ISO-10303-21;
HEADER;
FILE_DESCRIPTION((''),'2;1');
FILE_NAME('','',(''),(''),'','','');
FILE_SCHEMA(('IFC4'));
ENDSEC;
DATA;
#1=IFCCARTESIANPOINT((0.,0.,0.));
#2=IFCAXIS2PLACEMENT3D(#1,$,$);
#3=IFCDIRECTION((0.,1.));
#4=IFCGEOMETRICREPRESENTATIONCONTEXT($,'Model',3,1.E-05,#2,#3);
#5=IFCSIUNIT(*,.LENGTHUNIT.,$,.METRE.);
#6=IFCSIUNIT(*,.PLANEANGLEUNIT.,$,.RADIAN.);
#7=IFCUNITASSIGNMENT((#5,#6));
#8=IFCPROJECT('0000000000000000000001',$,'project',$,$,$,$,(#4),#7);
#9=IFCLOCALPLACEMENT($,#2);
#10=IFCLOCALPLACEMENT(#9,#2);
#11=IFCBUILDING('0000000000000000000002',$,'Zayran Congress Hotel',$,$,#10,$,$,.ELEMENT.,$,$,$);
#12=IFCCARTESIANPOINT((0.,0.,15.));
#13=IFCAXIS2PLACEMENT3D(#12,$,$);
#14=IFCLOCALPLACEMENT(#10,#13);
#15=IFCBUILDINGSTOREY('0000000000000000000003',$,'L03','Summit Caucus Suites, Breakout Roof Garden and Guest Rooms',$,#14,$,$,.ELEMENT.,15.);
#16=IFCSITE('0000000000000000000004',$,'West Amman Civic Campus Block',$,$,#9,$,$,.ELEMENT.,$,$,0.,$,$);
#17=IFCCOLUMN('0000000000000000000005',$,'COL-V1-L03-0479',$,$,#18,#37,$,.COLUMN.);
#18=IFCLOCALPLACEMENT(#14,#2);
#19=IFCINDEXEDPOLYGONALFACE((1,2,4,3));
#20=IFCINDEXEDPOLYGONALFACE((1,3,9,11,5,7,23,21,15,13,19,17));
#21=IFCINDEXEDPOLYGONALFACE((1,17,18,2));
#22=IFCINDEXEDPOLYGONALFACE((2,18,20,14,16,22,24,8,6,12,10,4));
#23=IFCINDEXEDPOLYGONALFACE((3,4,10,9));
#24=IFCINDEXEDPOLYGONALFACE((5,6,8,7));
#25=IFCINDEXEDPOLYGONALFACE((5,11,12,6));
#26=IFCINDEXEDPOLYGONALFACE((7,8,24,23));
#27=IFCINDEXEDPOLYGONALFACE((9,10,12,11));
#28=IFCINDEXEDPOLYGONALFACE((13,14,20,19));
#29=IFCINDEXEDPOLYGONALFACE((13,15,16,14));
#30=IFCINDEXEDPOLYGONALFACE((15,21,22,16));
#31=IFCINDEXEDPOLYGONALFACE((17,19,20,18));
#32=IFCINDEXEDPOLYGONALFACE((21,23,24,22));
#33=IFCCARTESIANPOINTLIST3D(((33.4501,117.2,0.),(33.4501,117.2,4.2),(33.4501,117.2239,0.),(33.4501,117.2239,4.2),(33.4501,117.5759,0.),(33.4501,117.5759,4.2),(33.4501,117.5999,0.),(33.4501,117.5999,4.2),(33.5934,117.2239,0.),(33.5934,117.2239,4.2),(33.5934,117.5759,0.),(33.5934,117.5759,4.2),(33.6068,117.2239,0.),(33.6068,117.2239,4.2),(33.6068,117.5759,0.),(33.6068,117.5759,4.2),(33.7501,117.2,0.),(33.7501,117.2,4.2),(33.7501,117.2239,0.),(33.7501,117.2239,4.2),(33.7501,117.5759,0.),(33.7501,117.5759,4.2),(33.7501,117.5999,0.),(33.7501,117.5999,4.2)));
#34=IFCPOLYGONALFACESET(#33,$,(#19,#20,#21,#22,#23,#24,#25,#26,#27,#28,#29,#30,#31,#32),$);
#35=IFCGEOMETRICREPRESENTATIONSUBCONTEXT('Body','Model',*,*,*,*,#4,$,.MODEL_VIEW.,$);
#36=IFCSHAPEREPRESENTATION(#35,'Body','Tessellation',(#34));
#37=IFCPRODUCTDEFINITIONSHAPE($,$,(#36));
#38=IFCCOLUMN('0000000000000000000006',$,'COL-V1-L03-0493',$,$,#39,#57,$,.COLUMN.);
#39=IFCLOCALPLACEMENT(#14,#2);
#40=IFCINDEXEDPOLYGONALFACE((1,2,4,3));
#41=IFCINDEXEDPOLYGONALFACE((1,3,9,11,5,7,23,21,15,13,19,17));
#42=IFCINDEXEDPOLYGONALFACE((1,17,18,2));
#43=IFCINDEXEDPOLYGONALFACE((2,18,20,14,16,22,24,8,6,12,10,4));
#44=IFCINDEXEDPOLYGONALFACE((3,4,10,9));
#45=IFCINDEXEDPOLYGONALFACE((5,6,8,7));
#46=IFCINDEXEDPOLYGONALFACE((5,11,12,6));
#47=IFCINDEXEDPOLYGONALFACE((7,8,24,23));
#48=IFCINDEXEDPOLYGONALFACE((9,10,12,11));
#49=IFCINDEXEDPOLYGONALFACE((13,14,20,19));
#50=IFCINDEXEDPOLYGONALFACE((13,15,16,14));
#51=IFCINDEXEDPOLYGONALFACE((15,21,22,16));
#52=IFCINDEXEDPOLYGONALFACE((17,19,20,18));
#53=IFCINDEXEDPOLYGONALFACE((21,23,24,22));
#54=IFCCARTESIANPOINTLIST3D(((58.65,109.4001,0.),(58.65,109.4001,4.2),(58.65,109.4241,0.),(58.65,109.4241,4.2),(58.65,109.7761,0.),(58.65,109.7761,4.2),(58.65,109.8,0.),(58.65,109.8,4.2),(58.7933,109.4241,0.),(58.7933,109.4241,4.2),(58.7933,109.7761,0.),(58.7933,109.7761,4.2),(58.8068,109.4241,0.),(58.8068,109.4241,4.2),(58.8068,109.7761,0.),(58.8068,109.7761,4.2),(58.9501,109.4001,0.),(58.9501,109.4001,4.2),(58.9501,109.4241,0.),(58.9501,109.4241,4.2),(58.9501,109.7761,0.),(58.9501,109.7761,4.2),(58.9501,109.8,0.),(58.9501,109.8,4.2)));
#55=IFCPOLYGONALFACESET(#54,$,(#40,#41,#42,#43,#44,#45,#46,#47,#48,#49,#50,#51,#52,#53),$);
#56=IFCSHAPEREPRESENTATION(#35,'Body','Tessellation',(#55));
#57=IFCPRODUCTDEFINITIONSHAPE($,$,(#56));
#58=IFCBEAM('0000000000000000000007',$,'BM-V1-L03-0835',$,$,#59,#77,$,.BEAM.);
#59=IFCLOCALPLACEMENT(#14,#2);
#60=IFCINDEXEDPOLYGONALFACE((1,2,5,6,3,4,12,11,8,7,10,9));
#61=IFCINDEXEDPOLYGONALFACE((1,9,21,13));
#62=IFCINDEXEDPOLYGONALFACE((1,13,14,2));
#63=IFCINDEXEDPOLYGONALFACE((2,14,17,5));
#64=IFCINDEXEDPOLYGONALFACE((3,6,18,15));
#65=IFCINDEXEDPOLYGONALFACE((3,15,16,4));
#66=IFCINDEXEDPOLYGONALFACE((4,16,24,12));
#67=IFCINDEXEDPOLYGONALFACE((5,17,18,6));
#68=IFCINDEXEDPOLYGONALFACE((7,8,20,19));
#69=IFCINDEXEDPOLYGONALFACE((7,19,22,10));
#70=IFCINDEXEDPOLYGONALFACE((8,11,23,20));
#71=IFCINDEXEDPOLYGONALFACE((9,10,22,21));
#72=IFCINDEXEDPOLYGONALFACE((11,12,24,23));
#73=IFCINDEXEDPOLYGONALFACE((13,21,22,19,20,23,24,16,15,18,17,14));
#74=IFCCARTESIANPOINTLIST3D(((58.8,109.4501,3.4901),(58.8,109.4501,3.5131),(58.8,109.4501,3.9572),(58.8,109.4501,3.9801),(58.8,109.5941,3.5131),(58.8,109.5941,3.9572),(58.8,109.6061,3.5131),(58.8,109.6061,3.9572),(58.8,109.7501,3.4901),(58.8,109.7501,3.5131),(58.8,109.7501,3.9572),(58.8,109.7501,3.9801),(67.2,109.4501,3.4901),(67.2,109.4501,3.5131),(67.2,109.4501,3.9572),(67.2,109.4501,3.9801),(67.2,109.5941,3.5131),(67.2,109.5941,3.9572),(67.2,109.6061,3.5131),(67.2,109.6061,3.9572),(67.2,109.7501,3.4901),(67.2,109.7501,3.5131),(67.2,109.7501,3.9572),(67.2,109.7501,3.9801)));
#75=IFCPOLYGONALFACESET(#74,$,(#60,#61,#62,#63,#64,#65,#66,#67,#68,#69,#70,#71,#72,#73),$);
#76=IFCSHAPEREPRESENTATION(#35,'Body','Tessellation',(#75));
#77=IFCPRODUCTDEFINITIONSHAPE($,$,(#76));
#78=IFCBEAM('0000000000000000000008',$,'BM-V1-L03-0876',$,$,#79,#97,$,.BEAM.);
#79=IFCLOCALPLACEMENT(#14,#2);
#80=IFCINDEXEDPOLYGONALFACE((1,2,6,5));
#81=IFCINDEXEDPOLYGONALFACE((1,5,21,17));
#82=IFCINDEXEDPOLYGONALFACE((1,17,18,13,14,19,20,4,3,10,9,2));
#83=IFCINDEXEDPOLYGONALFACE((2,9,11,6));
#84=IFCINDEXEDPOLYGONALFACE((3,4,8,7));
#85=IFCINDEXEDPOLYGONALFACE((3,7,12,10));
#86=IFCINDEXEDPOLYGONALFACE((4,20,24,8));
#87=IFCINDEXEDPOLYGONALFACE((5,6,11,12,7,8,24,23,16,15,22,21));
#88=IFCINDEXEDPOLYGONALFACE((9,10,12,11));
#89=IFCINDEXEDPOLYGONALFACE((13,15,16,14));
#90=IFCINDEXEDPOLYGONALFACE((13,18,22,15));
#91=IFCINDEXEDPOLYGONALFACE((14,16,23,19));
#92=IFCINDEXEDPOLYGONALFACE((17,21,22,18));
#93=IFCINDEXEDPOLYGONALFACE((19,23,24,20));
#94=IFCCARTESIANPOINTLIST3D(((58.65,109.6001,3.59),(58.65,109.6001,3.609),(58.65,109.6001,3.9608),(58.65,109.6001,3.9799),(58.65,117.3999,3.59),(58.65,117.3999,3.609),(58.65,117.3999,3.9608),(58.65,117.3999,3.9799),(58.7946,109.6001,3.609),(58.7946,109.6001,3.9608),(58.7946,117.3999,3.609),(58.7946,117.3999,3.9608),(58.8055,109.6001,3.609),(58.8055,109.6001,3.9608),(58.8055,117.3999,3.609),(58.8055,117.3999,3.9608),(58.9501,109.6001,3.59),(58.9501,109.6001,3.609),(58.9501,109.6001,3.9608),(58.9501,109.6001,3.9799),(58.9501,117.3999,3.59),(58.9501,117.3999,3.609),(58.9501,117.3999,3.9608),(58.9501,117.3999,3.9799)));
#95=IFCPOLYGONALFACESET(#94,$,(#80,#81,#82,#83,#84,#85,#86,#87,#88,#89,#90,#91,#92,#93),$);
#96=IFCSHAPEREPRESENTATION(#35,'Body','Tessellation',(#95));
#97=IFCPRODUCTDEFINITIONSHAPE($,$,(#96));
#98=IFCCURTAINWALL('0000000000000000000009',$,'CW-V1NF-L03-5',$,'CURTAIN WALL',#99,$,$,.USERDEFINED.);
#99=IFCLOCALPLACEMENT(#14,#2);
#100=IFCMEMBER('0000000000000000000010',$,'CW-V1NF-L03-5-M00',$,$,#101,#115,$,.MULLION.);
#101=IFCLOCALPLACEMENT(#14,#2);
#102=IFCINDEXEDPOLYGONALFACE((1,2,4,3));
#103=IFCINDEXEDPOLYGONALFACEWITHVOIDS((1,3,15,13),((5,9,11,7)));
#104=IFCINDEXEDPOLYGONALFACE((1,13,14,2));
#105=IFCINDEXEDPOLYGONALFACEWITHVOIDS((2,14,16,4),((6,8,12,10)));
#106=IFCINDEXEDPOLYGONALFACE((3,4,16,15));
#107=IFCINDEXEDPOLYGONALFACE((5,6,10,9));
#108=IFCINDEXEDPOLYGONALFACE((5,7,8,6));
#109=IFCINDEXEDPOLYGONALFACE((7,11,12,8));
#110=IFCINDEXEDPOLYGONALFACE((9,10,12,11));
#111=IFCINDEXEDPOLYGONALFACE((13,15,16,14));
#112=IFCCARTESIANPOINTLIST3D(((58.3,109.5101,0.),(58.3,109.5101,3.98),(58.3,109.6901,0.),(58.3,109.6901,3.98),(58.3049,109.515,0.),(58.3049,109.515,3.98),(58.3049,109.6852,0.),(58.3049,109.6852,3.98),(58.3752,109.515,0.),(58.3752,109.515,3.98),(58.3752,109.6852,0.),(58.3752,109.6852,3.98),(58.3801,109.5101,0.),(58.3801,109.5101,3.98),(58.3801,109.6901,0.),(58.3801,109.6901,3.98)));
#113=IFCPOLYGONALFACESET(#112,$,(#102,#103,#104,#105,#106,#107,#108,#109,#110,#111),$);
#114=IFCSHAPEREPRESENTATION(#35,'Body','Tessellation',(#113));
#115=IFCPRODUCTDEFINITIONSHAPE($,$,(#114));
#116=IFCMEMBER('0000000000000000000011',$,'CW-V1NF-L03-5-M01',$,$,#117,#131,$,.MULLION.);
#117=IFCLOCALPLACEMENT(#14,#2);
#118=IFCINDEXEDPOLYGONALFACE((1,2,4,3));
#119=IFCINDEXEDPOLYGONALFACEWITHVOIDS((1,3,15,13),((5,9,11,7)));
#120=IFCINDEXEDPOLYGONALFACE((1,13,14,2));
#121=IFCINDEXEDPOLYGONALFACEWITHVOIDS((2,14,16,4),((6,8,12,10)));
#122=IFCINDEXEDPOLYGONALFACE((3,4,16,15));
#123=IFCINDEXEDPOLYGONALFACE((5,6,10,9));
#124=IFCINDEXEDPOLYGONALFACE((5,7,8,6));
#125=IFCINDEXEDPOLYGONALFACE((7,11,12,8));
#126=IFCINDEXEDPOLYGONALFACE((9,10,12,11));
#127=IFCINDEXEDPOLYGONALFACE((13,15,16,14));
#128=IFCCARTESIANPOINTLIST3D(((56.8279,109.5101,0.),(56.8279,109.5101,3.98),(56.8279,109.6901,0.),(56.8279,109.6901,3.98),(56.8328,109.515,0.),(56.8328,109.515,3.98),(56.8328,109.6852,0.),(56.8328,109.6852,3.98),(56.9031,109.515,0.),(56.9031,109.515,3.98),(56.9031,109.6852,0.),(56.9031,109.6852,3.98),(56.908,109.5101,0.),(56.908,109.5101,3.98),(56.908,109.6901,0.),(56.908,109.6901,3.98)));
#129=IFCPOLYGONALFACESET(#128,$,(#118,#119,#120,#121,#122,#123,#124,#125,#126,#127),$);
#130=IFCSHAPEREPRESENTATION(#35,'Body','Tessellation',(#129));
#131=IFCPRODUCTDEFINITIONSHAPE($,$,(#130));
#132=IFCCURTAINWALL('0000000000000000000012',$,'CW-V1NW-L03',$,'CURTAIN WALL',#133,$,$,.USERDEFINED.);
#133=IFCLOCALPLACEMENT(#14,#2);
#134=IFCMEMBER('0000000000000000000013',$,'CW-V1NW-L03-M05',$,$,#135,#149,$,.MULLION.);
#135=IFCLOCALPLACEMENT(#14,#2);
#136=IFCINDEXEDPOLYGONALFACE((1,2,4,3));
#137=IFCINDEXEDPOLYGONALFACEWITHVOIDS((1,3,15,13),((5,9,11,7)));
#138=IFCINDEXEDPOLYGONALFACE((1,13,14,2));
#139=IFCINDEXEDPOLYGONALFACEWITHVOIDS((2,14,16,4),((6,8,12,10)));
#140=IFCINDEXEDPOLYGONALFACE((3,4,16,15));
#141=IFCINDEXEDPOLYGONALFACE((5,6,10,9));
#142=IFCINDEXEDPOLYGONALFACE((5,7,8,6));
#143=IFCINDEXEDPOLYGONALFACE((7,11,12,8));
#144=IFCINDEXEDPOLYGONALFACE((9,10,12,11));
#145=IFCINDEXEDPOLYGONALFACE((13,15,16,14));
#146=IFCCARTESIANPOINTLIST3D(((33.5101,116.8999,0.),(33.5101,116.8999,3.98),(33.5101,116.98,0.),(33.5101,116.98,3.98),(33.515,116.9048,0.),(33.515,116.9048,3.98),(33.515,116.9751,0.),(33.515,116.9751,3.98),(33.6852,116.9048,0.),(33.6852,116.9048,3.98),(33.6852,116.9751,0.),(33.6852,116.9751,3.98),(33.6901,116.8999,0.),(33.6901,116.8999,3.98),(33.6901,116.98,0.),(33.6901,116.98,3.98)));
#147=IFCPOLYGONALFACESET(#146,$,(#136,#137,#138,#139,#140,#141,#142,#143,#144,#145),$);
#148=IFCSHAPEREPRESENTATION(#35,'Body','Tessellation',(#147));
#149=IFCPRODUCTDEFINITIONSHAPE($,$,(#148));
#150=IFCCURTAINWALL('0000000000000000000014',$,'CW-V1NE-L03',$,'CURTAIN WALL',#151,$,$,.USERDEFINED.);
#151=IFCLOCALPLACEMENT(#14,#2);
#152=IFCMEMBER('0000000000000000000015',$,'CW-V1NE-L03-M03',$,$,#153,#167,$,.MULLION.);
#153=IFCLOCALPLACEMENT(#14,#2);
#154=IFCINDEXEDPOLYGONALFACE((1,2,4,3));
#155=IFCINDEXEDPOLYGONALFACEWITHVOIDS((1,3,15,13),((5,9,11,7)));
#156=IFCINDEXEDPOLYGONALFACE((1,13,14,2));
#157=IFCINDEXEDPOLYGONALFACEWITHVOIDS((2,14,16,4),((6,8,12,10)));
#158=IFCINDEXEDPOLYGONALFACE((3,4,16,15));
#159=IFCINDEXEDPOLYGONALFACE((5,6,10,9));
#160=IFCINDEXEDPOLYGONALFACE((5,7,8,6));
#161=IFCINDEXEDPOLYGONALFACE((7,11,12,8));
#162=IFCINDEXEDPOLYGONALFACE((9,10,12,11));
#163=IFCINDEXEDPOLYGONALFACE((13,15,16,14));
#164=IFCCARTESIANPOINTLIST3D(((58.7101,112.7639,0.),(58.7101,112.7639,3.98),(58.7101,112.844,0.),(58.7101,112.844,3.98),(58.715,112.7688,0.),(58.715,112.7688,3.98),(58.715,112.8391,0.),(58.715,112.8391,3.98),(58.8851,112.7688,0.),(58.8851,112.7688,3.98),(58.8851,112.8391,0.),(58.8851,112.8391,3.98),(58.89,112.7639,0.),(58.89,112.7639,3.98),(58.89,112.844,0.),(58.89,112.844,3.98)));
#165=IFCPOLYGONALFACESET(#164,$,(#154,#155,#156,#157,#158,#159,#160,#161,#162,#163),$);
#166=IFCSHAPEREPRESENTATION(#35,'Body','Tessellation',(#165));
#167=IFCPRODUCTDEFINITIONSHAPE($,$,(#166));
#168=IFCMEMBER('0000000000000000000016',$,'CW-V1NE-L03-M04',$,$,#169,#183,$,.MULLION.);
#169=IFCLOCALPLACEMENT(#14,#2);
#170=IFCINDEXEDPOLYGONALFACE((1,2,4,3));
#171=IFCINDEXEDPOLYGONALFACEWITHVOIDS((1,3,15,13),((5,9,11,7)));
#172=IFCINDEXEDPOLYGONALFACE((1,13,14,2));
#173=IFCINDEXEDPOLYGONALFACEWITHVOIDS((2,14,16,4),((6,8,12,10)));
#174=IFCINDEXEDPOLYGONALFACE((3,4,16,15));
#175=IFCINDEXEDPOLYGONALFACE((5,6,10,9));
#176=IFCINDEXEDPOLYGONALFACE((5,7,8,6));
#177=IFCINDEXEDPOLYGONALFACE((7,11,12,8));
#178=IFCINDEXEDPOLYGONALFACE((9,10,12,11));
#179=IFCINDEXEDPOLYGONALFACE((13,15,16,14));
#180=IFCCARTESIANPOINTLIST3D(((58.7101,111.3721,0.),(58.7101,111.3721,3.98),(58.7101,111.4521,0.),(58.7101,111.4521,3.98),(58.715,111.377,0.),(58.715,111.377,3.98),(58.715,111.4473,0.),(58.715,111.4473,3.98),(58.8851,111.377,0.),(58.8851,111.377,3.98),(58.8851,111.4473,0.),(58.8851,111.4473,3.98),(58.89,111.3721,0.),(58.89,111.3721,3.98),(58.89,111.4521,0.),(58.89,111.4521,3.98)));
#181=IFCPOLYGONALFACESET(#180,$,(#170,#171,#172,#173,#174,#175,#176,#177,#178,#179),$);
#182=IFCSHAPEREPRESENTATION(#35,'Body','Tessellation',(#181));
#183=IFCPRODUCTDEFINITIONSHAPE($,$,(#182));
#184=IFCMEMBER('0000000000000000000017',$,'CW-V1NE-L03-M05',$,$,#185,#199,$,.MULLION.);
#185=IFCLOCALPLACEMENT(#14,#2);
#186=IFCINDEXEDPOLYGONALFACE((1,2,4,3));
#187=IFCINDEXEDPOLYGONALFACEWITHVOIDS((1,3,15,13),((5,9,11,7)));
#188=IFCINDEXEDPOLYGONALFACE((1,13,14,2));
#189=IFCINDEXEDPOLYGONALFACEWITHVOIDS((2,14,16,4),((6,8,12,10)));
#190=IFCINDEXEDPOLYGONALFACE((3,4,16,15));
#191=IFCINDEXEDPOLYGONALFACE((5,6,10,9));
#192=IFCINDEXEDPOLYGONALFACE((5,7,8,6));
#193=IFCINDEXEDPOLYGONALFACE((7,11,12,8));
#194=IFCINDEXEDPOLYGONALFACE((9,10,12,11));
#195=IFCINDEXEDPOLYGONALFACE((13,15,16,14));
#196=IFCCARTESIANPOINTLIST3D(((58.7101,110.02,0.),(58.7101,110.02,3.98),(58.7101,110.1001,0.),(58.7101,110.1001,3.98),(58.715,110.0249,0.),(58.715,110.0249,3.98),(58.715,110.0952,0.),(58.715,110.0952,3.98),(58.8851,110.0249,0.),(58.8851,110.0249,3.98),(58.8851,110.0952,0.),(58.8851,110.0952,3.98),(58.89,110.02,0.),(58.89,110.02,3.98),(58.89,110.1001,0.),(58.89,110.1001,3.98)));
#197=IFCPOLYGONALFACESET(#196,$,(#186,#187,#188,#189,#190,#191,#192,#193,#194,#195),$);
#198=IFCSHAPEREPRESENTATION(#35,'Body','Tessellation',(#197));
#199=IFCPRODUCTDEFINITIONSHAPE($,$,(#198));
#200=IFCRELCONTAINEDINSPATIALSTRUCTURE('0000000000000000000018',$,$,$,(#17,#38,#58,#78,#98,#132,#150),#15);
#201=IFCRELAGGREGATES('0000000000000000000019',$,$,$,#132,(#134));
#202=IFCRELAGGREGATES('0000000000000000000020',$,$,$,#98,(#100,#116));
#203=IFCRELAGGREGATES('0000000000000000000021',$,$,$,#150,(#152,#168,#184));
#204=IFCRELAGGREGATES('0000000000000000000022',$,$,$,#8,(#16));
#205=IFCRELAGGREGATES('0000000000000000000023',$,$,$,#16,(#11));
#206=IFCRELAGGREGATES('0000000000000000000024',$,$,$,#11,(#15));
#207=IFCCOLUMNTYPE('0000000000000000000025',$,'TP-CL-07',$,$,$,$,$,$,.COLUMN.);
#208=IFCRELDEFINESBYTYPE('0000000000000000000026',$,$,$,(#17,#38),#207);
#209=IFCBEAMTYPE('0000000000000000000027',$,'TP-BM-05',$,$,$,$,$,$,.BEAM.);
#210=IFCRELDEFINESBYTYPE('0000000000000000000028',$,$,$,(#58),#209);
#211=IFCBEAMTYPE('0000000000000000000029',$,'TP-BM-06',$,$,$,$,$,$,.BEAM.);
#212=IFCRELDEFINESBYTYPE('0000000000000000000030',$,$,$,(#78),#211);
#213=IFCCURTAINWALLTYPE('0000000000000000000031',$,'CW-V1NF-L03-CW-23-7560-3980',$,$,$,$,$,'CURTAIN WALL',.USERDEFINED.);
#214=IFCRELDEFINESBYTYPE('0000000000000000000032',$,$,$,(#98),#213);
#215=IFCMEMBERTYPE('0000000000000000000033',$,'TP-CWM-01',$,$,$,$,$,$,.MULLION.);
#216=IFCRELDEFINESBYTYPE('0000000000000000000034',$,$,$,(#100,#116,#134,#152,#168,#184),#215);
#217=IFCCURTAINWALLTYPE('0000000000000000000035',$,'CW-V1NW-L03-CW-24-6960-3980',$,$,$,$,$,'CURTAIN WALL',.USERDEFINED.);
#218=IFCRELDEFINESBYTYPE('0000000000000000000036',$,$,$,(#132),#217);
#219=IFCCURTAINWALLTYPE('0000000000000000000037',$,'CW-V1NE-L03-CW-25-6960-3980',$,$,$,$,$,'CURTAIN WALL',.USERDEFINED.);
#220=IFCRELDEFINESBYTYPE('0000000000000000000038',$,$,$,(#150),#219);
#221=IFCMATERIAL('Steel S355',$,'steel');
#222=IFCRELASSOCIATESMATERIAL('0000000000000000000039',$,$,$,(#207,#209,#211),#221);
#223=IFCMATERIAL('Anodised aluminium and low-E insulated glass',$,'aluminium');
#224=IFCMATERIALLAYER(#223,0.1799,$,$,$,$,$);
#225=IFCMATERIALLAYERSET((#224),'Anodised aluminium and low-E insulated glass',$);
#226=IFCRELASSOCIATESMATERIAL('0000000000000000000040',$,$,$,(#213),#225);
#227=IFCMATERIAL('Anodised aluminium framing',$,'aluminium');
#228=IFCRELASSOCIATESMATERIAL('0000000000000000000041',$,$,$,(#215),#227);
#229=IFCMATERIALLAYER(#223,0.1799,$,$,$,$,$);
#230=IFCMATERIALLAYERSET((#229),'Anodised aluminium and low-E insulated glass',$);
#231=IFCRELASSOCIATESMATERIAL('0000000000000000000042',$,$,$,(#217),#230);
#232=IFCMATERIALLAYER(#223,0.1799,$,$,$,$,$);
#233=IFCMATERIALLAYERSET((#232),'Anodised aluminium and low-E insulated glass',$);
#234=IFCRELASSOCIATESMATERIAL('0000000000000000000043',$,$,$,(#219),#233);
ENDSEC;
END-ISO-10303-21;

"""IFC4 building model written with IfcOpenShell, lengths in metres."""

from ifc_helpers import new_model, si_unit, direction, frame, origin, origin_2d, place, context, subcontext, project, spatial, hollow_rectangle, i_section, extrude, material, layer, layer_set, material_profile, profile_set, type_object, element, aggregate, save


model = new_model("IFC4")

# Units and contexts
model_context = context("Model", 3, precision=1e-05, world=origin(), true_north=direction((0.0, 1.0)))
body_context = subcontext(model_context, "Body", "Model", "MODEL_VIEW")
ifc_project = project(units=[si_unit("LENGTHUNIT", "METRE"), si_unit("PLANEANGLEUNIT", "RADIAN")], contexts=[model_context])

# Site, building, storey
site_placement = place(None, origin())
site = spatial("IfcSite", under=ifc_project, at=site_placement, Name="West Amman Civic Campus Block", CompositionType="ELEMENT", RefElevation=0.0)
building_placement = place(site_placement, origin())
building = spatial("IfcBuilding", under=site, at=building_placement, Name="Zayran Congress Hotel", CompositionType="ELEMENT")
storey_placement = place(building_placement, frame((0.0, 0.0, 15.0)))
storey = spatial("IfcBuildingStorey", under=building, at=storey_placement, Name="L03", Description="Summit Caucus Suites, Breakout Roof Garden and Guest Rooms", CompositionType="ELEMENT", Elevation=15.0)

# Columns
ifc_material_1 = material(Name="Steel S355", Category="steel")
ifc_material_profile_1 = material_profile(ifc_material_1, i_section(OverallWidth=0.3, OverallDepth=0.3999, WebThickness=0.0134, FlangeThickness=0.0239, at=origin_2d()), Name="HEB 400")
ifc_profile_set_1 = profile_set([ifc_material_profile_1], Name="Steel S355")
column_type = type_object("IfcColumnType", Name="TP-CL-07", PredefinedType="COLUMN", material=ifc_profile_set_1)
for number, where, z_axis, x_axis, name in (
    (1, (33.6001, 117.3999, 0.0), (0.0, 0.0, 1.0), (1.0, 0.0, 0.0), "COL-V1-L03-0479"),
    (2, (58.8, 109.6001, 0.0), (0.0, 0.0, 1.0), (1.0, 0.0, 0.0), "COL-V1-L03-0493"),
):
    element("IfcColumn", number, at=place(storey_placement, frame(where, z_axis=z_axis, x_axis=x_axis)), inside=storey, type_object=column_type, Name=name, PredefinedType="COLUMN", context=body_context, shape_type="SweptSolid", body=[
        extrude(i_section(OverallWidth=0.3, OverallDepth=0.3999, WebThickness=0.0134, FlangeThickness=0.0239, at=origin_2d()), origin(), (0.0, 0.0, 1.0), 4.2),
    ])

# Beams
ifc_material_profile_2 = material_profile(ifc_material_1, i_section(OverallWidth=0.3, OverallDepth=0.49, WebThickness=0.012, FlangeThickness=0.0229, at=origin_2d()), Name="HEA 500")
ifc_profile_set_2 = profile_set([ifc_material_profile_2], Name="Steel S355")
beam_type_1 = type_object("IfcBeamType", Name="TP-BM-05", PredefinedType="BEAM", material=ifc_profile_set_2)
beam_1_placement = place(storey_placement, frame((58.8, 109.6001, 3.7351), z_axis=(1.0, 0.0, 0.0), x_axis=(0.0, 1.0, 0.0)))
element("IfcBeam", 3, at=beam_1_placement, inside=storey, type_object=beam_type_1, Name="BM-V1-L03-0835", PredefinedType="BEAM", context=body_context, shape_type="SweptSolid", body=[
    extrude(i_section(OverallWidth=0.3, OverallDepth=0.49, WebThickness=0.012, FlangeThickness=0.0229, at=origin_2d()), origin(), (0.0, 0.0, 1.0), 8.3999),
])
ifc_material_profile_3 = material_profile(ifc_material_1, i_section(OverallWidth=0.3, OverallDepth=0.3899, WebThickness=0.011, FlangeThickness=0.019, at=origin_2d()), Name="HEA 400")
ifc_profile_set_3 = profile_set([ifc_material_profile_3], Name="Steel S355")
beam_type_2 = type_object("IfcBeamType", Name="TP-BM-06", PredefinedType="BEAM", material=ifc_profile_set_3)
beam_2_placement = place(storey_placement, frame((58.8, 109.6001, 3.7849), z_axis=(0.0, 1.0, 0.0), x_axis=(-1.0, 0.0, 0.0)))
element("IfcBeam", 4, at=beam_2_placement, inside=storey, type_object=beam_type_2, Name="BM-V1-L03-0876", PredefinedType="BEAM", context=body_context, shape_type="SweptSolid", body=[
    extrude(i_section(OverallWidth=0.3, OverallDepth=0.3899, WebThickness=0.011, FlangeThickness=0.019, at=origin_2d()), origin(), (0.0, 0.0, 1.0), 7.7998),
])

# Curtain wall, members
ifc_material_2 = material(Name="Anodised aluminium and low-E insulated glass", Category="aluminium")
ifc_layer_1 = layer(ifc_material_2, 0.1799)
ifc_layer_set_1 = layer_set([ifc_layer_1], Name="Anodised aluminium and low-E insulated glass")
curtain_wall_type_1 = type_object("IfcCurtainWallType", Name="CW-V1NF-L03-CW-23-7560-3980", ElementType="CURTAIN WALL", PredefinedType="USERDEFINED", material=ifc_layer_set_1)
curtain_wall_1_placement = place(storey_placement, origin())
curtain_wall_1 = element("IfcCurtainWall", 5, at=curtain_wall_1_placement, inside=storey, type_object=curtain_wall_type_1, Name="CW-V1NF-L03-5", ObjectType="CURTAIN WALL", PredefinedType="USERDEFINED")
ifc_material_3 = material(Name="Anodised aluminium framing", Category="aluminium")
ifc_material_profile_4 = material_profile(ifc_material_3, hollow_rectangle(XDim=0.0801, YDim=0.1799, WallThickness=0.0049, at=origin_2d()), Name="RHS 180x80x5")
ifc_profile_set_4 = profile_set([ifc_material_profile_4], Name="Anodised aluminium framing")
member_type_1 = type_object("IfcMemberType", Name="TP-CWM-01", PredefinedType="MULLION", material=ifc_profile_set_4)
member_1_placement = place(storey_placement, frame((58.3401, 109.6001, 0.0), z_axis=(0.0, 0.0, 1.0), x_axis=(1.0, 0.0, 0.0)))
member_1 = element("IfcMember", 6, at=member_1_placement, type_object=member_type_1, Name="CW-V1NF-L03-5-M00", PredefinedType="MULLION", context=body_context, shape_type="SweptSolid", body=[
    extrude(hollow_rectangle(XDim=0.0801, YDim=0.1799, WallThickness=0.0049, at=origin_2d()), origin(), (0.0, 0.0, 1.0), 3.98),
])
member_2_placement = place(storey_placement, frame((56.8679, 109.6001, 0.0), z_axis=(0.0, 0.0, 1.0), x_axis=(1.0, 0.0, 0.0)))
member_2 = element("IfcMember", 7, at=member_2_placement, type_object=member_type_1, Name="CW-V1NF-L03-5-M01", PredefinedType="MULLION", context=body_context, shape_type="SweptSolid", body=[
    extrude(hollow_rectangle(XDim=0.0801, YDim=0.1799, WallThickness=0.0049, at=origin_2d()), origin(), (0.0, 0.0, 1.0), 3.98),
])

# Curtain wall, member
ifc_layer_2 = layer(ifc_material_2, 0.1799)
ifc_layer_set_2 = layer_set([ifc_layer_2], Name="Anodised aluminium and low-E insulated glass")
curtain_wall_type_2 = type_object("IfcCurtainWallType", Name="CW-V1NW-L03-CW-24-6960-3980", ElementType="CURTAIN WALL", PredefinedType="USERDEFINED", material=ifc_layer_set_2)
curtain_wall_2_placement = place(storey_placement, origin())
curtain_wall_2 = element("IfcCurtainWall", 8, at=curtain_wall_2_placement, inside=storey, type_object=curtain_wall_type_2, Name="CW-V1NW-L03", ObjectType="CURTAIN WALL", PredefinedType="USERDEFINED")
member_3_placement = place(storey_placement, frame((33.6001, 116.9399, 0.0), z_axis=(0.0, 0.0, 1.0), x_axis=(0.0, 1.0, 0.0)))
member_3 = element("IfcMember", 9, at=member_3_placement, type_object=member_type_1, Name="CW-V1NW-L03-M05", PredefinedType="MULLION", context=body_context, shape_type="SweptSolid", body=[
    extrude(hollow_rectangle(XDim=0.0801, YDim=0.1799, WallThickness=0.0049, at=origin_2d()), origin(), (0.0, 0.0, 1.0), 3.98),
])
aggregate(curtain_wall_2, [member_3])

# Curtain wall, members
ifc_layer_3 = layer(ifc_material_2, 0.1799)
ifc_layer_set_3 = layer_set([ifc_layer_3], Name="Anodised aluminium and low-E insulated glass")
curtain_wall_type_3 = type_object("IfcCurtainWallType", Name="CW-V1NE-L03-CW-25-6960-3980", ElementType="CURTAIN WALL", PredefinedType="USERDEFINED", material=ifc_layer_set_3)
curtain_wall_3_placement = place(storey_placement, origin())
curtain_wall_3 = element("IfcCurtainWall", 10, at=curtain_wall_3_placement, inside=storey, type_object=curtain_wall_type_3, Name="CW-V1NE-L03", ObjectType="CURTAIN WALL", PredefinedType="USERDEFINED")
member_4_placement = place(storey_placement, frame((58.8, 112.804, 0.0), z_axis=(0.0, 0.0, 1.0), x_axis=(0.0, 1.0, 0.0)))
member_4 = element("IfcMember", 11, at=member_4_placement, type_object=member_type_1, Name="CW-V1NE-L03-M03", PredefinedType="MULLION", context=body_context, shape_type="SweptSolid", body=[
    extrude(hollow_rectangle(XDim=0.0801, YDim=0.1799, WallThickness=0.0049, at=origin_2d()), origin(), (0.0, 0.0, 1.0), 3.98),
])
member_5_placement = place(storey_placement, frame((58.8, 111.4121, 0.0), z_axis=(0.0, 0.0, 1.0), x_axis=(0.0, 1.0, 0.0)))
member_5 = element("IfcMember", 12, at=member_5_placement, type_object=member_type_1, Name="CW-V1NE-L03-M04", PredefinedType="MULLION", context=body_context, shape_type="SweptSolid", body=[
    extrude(hollow_rectangle(XDim=0.0801, YDim=0.1799, WallThickness=0.0049, at=origin_2d()), origin(), (0.0, 0.0, 1.0), 3.98),
])
member_6_placement = place(storey_placement, frame((58.8, 110.0601, 0.0), z_axis=(0.0, 0.0, 1.0), x_axis=(0.0, 1.0, 0.0)))
member_6 = element("IfcMember", 13, at=member_6_placement, type_object=member_type_1, Name="CW-V1NE-L03-M05", PredefinedType="MULLION", context=body_context, shape_type="SweptSolid", body=[
    extrude(hollow_rectangle(XDim=0.0801, YDim=0.1799, WallThickness=0.0049, at=origin_2d()), origin(), (0.0, 0.0, 1.0), 3.98),
])

aggregate(curtain_wall_1, [member_1, member_2])
aggregate(curtain_wall_3, [member_4, member_5, member_6])

save(model, "model.ifc")
